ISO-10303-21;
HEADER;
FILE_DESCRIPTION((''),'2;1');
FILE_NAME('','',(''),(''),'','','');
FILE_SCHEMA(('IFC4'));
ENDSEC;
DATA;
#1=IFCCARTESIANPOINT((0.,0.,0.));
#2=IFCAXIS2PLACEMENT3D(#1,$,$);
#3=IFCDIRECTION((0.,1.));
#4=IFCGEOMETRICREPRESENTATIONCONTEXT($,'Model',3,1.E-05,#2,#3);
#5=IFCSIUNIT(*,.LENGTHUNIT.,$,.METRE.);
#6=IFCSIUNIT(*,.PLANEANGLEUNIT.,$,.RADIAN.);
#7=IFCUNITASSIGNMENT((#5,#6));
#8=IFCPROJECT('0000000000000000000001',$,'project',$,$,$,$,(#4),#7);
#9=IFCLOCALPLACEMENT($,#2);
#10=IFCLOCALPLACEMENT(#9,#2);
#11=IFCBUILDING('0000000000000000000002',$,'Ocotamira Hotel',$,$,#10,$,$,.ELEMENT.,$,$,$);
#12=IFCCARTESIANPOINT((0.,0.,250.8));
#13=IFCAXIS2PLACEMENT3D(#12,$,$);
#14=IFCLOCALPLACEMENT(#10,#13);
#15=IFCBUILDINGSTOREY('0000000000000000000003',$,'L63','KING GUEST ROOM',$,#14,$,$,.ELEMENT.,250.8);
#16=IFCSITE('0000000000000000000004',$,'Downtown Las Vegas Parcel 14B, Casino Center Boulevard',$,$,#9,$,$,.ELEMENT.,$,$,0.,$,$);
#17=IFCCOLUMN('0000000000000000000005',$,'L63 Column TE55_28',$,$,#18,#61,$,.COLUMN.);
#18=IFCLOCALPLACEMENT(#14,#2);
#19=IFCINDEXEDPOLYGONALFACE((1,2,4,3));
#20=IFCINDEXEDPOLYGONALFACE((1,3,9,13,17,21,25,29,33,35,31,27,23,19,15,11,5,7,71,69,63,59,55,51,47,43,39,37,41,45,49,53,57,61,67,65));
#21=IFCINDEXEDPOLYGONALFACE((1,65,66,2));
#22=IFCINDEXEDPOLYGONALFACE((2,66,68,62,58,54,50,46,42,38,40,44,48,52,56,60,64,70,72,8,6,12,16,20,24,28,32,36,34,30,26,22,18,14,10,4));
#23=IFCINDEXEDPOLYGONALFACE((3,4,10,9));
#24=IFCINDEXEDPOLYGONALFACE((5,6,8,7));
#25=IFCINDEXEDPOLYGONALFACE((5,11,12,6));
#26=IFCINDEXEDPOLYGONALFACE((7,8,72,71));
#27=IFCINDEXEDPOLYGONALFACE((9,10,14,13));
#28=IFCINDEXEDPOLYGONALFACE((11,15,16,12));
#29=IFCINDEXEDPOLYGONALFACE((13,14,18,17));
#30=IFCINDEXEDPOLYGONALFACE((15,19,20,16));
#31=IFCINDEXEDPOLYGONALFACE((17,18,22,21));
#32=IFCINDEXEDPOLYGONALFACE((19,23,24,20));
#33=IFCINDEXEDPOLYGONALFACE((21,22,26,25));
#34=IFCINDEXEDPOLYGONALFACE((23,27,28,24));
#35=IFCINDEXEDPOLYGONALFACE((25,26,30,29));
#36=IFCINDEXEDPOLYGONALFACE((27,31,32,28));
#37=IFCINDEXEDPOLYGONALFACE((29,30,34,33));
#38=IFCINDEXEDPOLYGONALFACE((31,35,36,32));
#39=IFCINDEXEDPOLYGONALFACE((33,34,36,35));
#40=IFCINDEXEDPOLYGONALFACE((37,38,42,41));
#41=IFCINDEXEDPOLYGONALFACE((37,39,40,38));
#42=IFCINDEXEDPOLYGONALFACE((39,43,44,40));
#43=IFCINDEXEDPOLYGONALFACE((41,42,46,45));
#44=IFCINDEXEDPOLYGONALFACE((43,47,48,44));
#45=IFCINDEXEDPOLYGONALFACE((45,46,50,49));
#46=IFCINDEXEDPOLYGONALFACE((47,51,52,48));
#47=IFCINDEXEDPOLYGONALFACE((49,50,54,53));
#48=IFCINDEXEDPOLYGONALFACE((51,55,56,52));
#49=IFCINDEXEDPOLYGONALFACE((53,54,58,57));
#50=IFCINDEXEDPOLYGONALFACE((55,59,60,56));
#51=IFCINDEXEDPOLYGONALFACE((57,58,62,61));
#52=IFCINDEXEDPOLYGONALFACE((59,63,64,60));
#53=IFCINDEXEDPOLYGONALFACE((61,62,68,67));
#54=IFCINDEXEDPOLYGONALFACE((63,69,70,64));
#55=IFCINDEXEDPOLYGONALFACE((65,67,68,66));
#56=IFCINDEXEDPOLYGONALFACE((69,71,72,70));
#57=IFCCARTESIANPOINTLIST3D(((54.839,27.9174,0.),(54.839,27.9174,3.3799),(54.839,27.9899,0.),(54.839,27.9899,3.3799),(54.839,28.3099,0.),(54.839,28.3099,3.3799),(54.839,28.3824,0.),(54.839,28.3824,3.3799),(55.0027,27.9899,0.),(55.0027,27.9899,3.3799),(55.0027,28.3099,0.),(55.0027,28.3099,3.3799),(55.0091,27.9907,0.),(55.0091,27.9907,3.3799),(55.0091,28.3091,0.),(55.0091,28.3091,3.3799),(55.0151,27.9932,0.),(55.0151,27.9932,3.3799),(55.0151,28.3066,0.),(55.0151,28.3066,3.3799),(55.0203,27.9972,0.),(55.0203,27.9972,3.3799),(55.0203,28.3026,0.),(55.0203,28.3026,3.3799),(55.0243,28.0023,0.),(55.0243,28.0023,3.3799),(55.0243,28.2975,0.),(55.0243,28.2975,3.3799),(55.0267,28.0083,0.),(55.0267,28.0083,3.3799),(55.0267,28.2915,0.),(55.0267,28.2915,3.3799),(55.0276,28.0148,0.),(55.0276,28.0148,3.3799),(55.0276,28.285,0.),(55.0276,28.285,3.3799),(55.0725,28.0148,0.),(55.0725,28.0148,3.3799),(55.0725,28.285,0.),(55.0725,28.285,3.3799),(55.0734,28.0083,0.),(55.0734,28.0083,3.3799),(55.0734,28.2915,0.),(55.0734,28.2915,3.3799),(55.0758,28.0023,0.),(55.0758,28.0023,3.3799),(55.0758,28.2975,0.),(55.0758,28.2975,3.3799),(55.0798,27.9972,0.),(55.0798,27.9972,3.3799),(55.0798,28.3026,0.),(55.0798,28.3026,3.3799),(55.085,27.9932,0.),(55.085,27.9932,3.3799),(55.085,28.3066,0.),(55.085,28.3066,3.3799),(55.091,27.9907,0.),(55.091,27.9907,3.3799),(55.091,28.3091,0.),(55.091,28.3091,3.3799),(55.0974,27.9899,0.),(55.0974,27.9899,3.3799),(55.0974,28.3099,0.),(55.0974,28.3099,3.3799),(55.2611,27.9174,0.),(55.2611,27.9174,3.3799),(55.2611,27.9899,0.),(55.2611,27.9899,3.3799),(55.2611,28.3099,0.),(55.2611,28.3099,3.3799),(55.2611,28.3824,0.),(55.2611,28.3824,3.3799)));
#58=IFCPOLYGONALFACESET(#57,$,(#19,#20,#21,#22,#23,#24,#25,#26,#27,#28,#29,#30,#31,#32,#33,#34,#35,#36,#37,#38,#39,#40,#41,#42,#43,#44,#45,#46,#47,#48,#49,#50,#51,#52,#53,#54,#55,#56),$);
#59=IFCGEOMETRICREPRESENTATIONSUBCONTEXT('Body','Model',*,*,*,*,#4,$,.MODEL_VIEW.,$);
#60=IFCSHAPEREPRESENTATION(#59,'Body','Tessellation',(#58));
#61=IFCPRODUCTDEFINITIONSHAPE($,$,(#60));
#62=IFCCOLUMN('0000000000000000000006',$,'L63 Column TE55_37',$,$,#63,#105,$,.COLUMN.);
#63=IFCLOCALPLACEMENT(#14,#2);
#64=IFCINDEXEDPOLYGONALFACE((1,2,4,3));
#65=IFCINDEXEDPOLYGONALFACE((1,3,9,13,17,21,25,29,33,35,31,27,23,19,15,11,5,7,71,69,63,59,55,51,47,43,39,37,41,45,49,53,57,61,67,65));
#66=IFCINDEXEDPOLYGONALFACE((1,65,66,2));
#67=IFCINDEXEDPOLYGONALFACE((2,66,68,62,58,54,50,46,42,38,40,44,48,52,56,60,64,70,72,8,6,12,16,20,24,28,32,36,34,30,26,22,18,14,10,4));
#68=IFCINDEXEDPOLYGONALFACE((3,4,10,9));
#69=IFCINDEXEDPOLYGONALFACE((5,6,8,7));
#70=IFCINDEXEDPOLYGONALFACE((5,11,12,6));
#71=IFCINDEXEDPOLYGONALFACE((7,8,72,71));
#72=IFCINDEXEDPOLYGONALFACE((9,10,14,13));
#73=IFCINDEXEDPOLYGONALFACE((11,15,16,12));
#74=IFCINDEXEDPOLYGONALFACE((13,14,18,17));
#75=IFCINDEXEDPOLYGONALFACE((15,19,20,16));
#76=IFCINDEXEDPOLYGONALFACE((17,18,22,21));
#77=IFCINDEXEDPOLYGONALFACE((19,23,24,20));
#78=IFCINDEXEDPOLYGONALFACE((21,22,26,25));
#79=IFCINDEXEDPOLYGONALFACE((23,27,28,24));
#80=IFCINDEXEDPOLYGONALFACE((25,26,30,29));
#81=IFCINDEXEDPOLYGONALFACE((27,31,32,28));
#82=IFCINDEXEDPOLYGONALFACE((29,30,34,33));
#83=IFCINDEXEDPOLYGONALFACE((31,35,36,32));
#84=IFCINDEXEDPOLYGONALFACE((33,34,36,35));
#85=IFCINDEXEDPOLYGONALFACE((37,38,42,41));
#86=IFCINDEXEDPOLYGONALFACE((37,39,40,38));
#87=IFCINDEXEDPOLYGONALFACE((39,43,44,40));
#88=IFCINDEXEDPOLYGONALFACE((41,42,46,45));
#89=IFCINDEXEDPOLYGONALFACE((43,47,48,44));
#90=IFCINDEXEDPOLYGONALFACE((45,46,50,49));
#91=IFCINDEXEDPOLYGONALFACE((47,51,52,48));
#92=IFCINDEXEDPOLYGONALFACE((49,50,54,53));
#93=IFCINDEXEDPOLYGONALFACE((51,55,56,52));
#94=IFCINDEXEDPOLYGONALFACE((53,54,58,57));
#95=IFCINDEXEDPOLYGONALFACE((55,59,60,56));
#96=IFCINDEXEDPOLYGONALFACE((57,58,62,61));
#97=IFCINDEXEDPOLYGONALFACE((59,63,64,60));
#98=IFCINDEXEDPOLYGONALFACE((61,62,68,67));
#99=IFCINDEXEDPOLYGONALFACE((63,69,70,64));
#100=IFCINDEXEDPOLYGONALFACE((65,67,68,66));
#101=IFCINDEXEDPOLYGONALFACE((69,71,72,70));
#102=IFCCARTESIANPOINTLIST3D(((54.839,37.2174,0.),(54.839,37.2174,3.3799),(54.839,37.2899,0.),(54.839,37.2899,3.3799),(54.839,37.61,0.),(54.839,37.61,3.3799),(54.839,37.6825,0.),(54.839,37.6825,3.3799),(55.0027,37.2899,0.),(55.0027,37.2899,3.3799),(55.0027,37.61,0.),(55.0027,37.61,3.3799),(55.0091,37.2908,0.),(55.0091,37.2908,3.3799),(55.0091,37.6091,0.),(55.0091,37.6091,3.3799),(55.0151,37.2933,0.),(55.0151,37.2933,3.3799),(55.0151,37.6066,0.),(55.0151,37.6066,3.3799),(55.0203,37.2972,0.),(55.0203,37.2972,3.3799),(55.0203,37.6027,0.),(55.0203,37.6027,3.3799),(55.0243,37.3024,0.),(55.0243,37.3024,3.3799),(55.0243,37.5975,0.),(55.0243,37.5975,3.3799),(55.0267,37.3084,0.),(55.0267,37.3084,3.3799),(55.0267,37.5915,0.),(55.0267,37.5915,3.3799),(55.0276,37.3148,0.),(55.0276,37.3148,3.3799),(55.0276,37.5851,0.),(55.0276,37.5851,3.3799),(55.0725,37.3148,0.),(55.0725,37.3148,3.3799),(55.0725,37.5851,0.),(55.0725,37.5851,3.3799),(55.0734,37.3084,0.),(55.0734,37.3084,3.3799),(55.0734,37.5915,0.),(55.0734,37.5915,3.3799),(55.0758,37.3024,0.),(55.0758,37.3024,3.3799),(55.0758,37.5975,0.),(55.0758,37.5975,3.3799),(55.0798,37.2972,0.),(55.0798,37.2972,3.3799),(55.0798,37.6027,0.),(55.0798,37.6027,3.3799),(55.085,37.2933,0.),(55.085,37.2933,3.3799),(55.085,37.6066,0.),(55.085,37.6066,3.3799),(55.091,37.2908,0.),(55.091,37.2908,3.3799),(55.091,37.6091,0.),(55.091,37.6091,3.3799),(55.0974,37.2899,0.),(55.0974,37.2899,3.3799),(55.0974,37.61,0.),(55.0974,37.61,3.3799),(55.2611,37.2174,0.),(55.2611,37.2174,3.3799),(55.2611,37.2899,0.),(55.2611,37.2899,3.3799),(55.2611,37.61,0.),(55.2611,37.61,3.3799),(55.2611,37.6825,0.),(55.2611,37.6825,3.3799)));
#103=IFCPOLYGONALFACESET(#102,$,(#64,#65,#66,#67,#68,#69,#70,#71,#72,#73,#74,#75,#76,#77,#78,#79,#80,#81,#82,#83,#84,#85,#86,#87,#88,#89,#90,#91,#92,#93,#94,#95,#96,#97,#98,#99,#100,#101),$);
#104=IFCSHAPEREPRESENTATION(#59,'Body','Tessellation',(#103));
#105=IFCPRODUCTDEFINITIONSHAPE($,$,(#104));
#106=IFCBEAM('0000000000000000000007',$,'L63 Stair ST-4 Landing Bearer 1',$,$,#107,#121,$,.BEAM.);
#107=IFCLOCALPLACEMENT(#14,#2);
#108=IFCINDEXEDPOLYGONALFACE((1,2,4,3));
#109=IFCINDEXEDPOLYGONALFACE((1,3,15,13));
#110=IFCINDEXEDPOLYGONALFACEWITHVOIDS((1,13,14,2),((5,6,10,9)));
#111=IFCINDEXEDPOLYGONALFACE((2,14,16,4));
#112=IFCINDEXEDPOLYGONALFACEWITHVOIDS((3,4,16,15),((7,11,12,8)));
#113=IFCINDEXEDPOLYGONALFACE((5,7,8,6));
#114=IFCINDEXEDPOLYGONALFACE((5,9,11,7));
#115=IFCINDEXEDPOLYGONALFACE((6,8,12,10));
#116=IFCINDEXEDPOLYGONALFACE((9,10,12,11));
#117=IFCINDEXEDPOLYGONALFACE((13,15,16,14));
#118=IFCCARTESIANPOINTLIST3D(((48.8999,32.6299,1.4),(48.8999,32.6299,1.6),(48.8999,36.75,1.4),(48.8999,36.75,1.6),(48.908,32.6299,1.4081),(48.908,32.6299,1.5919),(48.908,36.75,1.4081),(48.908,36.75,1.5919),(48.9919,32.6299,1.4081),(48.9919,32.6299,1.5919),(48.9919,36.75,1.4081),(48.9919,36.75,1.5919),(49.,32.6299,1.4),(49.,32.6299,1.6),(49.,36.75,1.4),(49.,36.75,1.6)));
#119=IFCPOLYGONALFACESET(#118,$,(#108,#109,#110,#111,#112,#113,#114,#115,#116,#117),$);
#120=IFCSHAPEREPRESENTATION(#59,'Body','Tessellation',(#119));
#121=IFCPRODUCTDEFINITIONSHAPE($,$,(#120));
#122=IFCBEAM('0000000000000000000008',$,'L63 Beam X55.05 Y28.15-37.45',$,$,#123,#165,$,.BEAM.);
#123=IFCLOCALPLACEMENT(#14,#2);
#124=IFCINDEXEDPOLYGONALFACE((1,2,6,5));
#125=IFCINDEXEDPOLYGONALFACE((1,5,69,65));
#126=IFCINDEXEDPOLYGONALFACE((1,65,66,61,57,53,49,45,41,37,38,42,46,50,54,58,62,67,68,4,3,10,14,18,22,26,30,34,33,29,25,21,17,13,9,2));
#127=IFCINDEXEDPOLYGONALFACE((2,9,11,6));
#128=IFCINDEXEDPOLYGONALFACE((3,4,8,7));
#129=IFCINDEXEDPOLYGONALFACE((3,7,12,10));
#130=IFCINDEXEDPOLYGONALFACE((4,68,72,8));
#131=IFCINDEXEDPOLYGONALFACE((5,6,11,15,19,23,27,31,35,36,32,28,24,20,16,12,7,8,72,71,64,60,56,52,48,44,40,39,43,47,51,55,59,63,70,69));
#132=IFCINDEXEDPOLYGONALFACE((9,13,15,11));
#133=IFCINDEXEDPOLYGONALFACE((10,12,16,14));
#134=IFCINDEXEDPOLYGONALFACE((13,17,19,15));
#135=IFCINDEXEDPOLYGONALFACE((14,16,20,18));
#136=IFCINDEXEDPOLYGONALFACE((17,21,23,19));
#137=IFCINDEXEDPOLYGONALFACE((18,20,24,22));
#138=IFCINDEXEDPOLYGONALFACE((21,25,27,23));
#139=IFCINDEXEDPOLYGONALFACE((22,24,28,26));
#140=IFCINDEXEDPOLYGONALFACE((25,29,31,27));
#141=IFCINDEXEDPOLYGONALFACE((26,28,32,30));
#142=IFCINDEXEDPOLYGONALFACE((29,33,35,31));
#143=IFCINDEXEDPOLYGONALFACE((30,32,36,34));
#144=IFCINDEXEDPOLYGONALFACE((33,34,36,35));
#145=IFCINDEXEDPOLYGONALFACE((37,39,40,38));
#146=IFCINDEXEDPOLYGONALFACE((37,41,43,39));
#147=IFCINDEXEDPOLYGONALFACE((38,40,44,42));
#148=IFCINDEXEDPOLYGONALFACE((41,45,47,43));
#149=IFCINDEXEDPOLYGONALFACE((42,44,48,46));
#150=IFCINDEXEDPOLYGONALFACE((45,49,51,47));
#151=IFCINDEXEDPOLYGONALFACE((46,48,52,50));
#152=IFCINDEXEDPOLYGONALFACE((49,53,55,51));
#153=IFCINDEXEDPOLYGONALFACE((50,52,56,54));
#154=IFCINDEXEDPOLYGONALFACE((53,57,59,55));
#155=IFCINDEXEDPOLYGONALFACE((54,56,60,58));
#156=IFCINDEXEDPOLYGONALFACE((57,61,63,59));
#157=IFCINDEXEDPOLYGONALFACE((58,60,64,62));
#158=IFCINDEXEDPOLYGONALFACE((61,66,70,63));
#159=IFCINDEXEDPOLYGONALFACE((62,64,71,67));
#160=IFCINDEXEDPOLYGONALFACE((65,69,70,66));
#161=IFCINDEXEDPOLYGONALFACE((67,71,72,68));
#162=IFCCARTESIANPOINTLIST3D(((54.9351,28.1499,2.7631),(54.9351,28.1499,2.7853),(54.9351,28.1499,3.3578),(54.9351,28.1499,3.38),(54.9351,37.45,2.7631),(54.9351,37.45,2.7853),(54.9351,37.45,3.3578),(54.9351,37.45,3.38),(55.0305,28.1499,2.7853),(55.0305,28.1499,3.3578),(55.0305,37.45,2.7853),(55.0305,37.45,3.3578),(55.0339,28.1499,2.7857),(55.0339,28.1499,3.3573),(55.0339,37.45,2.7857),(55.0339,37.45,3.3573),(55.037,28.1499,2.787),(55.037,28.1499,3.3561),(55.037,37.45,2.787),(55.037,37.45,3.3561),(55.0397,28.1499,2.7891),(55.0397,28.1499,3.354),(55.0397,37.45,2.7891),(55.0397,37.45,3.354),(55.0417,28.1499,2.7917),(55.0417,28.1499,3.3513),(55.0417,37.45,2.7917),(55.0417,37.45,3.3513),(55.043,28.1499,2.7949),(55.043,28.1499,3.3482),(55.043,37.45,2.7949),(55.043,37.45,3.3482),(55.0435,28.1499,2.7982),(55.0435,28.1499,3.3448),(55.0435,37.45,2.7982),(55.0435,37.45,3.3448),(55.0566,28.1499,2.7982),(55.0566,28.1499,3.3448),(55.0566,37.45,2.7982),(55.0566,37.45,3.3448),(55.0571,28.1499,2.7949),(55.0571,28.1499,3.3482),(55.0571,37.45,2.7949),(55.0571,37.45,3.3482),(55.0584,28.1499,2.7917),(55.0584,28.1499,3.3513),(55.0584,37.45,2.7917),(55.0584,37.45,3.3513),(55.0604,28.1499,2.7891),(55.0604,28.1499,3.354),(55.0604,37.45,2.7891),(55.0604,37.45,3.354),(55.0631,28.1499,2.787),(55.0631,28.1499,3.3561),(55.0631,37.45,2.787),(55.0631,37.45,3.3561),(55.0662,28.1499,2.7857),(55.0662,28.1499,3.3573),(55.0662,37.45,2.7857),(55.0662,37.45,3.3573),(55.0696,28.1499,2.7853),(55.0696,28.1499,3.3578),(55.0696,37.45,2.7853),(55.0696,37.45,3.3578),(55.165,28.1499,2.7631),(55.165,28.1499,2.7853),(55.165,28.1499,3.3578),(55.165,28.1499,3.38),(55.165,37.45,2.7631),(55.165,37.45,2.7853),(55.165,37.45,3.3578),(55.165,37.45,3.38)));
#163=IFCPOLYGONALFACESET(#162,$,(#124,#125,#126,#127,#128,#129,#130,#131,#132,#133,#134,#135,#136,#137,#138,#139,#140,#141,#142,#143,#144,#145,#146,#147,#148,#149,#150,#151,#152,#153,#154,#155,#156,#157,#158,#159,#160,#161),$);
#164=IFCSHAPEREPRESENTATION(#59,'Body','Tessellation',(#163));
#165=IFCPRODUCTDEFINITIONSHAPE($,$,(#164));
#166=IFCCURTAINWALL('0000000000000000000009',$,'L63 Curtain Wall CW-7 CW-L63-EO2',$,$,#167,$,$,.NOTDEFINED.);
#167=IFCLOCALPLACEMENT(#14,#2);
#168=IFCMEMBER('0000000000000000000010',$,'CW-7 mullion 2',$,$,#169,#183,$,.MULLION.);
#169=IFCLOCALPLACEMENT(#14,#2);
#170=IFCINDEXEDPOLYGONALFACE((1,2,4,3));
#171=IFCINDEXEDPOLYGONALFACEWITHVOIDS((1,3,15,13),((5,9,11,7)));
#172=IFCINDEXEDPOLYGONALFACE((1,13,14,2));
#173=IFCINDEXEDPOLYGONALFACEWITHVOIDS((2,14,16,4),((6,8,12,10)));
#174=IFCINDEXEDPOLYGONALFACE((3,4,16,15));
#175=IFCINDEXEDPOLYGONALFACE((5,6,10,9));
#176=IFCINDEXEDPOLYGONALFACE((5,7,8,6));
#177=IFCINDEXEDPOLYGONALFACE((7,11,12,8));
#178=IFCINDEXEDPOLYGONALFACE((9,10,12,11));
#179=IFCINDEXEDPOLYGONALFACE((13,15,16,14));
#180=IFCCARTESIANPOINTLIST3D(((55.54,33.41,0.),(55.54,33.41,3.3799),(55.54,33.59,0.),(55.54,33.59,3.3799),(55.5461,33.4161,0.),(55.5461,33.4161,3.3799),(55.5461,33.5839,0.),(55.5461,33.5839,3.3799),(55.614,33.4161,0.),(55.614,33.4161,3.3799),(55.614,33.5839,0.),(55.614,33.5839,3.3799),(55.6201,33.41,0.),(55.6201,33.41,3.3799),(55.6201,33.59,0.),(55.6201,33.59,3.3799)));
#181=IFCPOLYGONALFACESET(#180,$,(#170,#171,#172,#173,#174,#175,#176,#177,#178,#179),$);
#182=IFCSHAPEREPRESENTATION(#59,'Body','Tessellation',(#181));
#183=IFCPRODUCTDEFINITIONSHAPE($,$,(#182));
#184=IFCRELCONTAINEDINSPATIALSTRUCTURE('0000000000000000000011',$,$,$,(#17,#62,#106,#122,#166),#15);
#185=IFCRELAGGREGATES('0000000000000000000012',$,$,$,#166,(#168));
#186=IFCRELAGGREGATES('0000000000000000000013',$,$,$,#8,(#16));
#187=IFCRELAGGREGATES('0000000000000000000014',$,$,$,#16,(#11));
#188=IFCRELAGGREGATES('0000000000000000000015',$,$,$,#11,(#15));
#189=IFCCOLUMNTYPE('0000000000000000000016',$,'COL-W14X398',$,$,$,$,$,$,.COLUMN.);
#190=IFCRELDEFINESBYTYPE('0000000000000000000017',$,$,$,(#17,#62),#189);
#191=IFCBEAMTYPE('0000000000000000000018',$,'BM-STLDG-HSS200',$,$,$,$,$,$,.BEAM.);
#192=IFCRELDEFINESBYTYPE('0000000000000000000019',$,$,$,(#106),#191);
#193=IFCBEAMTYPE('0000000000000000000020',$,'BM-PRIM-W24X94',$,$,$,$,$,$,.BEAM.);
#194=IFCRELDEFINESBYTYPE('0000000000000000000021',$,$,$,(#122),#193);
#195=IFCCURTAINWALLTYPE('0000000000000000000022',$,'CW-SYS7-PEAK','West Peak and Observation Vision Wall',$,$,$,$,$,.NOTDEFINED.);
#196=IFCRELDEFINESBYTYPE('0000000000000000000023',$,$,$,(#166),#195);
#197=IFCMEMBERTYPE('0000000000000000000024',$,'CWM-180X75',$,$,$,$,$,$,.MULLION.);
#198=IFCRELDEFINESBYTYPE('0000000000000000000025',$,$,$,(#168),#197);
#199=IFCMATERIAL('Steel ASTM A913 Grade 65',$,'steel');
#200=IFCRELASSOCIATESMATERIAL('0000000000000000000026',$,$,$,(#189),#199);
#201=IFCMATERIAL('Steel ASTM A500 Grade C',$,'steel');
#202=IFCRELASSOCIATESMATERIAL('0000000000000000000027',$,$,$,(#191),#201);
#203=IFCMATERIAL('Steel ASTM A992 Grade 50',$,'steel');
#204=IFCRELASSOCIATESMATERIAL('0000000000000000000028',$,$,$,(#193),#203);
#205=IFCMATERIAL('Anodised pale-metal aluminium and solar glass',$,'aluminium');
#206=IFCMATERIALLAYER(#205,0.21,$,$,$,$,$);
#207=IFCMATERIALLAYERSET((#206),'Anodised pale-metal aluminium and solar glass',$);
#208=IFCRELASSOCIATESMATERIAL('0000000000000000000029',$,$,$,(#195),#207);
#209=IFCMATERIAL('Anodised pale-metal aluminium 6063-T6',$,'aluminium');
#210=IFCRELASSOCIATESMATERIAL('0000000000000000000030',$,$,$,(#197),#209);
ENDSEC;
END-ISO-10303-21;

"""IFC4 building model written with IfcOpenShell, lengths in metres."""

from ifc_helpers import new_model, si_unit, direction, frame, origin, origin_2d, place, context, subcontext, project, spatial, hollow_rectangle, i_section, extrude, source, transform, mapped, material, layer, layer_set, material_profile, profile_set, type_object, element, aggregate, save


model = new_model("IFC4")

# Units and contexts
model_context = context("Model", 3, precision=1e-05, world=origin(), true_north=direction((0.0, 1.0)))
body_context = subcontext(model_context, "Body", "Model", "MODEL_VIEW")
ifc_project = project(units=[si_unit("LENGTHUNIT", "METRE"), si_unit("PLANEANGLEUNIT", "RADIAN")], contexts=[model_context])

# Site, building, storey
site_placement = place(None, origin())
site = spatial("IfcSite", under=ifc_project, at=site_placement, Name="Downtown Las Vegas Parcel 14B, Casino Center Boulevard", CompositionType="ELEMENT", RefElevation=0.0)
building_placement = place(site_placement, origin())
building = spatial("IfcBuilding", under=site, at=building_placement, Name="Ocotamira Hotel", CompositionType="ELEMENT")
storey_placement = place(building_placement, frame((0.0, 0.0, 250.8)))
storey = spatial("IfcBuildingStorey", under=building, at=storey_placement, Name="L63", Description="KING GUEST ROOM", CompositionType="ELEMENT", Elevation=250.8)

# Columns
ifc_material_1 = material(Name="Steel ASTM A913 Grade 65", Category="steel")
ifc_material_profile_1 = material_profile(ifc_material_1, i_section(OverallWidth=0.4221, OverallDepth=0.4651, WebThickness=0.0449, FlangeThickness=0.0725, FilletRadius=0.0249, at=origin_2d()), Name="W14X398")
ifc_profile_set_1 = profile_set([ifc_material_profile_1], Name="Steel ASTM A913 Grade 65")
column_type = type_object("IfcColumnType", Name="COL-W14X398", PredefinedType="COLUMN", material=ifc_profile_set_1)
shared_shape_1 = source(origin(), body_context, "Body", "SweptSolid", [
    extrude(i_section(OverallWidth=0.4221, OverallDepth=0.4651, WebThickness=0.0449, FlangeThickness=0.0725, FilletRadius=0.0249, at=origin_2d()), origin(), (0.0, 0.0, 1.0), 3.3799),
])
for number, where, z_axis, x_axis, name in (
    (1, (55.05, 28.1499, 0.0), (0.0, 0.0, 1.0), (1.0, 0.0, 0.0), "L63 Column TE55_28"),
    (2, (55.05, 37.45, 0.0), (0.0, 0.0, 1.0), (1.0, 0.0, 0.0), "L63 Column TE55_37"),
):
    element("IfcColumn", number, at=place(storey_placement, frame(where, z_axis=z_axis, x_axis=x_axis)), inside=storey, type_object=column_type, Name=name, PredefinedType="COLUMN", context=body_context, shape_type="MappedRepresentation", body=[
        mapped(shared_shape_1, transform((0.0, 0.0, 0.0), scale=1.0)),
    ])

# Beams
ifc_material_2 = material(Name="Steel ASTM A500 Grade C", Category="steel")
ifc_material_profile_2 = material_profile(ifc_material_2, hollow_rectangle(XDim=0.1001, YDim=0.2, WallThickness=0.0081, at=origin_2d()), Name="HSS200X100X8")
ifc_profile_set_2 = profile_set([ifc_material_profile_2], Name="Steel ASTM A500 Grade C")
beam_type_1 = type_object("IfcBeamType", Name="BM-STLDG-HSS200", PredefinedType="BEAM", material=ifc_profile_set_2)
shared_shape_2 = source(origin(), body_context, "Body", "SweptSolid", [
    extrude(hollow_rectangle(XDim=0.1001, YDim=0.2, WallThickness=0.0081, at=origin_2d()), origin(), (0.0, 0.0, 1.0), 4.1201),
])
beam_1_placement = place(storey_placement, frame((48.95, 32.6299, 1.5), z_axis=(0.0, 1.0, 0.0), x_axis=(-1.0, 0.0, 0.0)))
element("IfcBeam", 3, at=beam_1_placement, inside=storey, type_object=beam_type_1, Name="L63 Stair ST-4 Landing Bearer 1", PredefinedType="BEAM", context=body_context, shape_type="MappedRepresentation", body=[
    mapped(shared_shape_2, transform((0.0, 0.0, 0.0), scale=1.0)),
])
ifc_material_3 = material(Name="Steel ASTM A992 Grade 50", Category="steel")
ifc_material_profile_3 = material_profile(ifc_material_3, i_section(OverallWidth=0.23, OverallDepth=0.6169, WebThickness=0.0132, FlangeThickness=0.0222, FilletRadius=0.0129, at=origin_2d()), Name="W24X94")
ifc_profile_set_3 = profile_set([ifc_material_profile_3], Name="Steel ASTM A992 Grade 50")
beam_type_2 = type_object("IfcBeamType", Name="BM-PRIM-W24X94", PredefinedType="BEAM", material=ifc_profile_set_3)
shared_shape_3 = source(origin(), body_context, "Body", "SweptSolid", [
    extrude(i_section(OverallWidth=0.23, OverallDepth=0.6169, WebThickness=0.0132, FlangeThickness=0.0222, FilletRadius=0.0129, at=origin_2d()), origin(), (0.0, 0.0, 1.0), 9.3),
])
beam_2_placement = place(storey_placement, frame((55.05, 28.1499, 3.0715), z_axis=(0.0, 1.0, 0.0), x_axis=(-1.0, 0.0, 0.0)))
element("IfcBeam", 4, at=beam_2_placement, inside=storey, type_object=beam_type_2, Name="L63 Beam X55.05 Y28.15-37.45", PredefinedType="BEAM", context=body_context, shape_type="MappedRepresentation", body=[
    mapped(shared_shape_3, transform((0.0, 0.0, 0.0), scale=1.0)),
])

# Curtain wall, member
ifc_material_4 = material(Name="Anodised pale-metal aluminium and solar glass", Category="aluminium")
ifc_layer_1 = layer(ifc_material_4, 0.21)
ifc_layer_set_1 = layer_set([ifc_layer_1], Name="Anodised pale-metal aluminium and solar glass")
curtain_wall_type = type_object("IfcCurtainWallType", Name="CW-SYS7-PEAK", Description="West Peak and Observation Vision Wall", PredefinedType="NOTDEFINED", material=ifc_layer_set_1)
curtain_wall_placement = place(storey_placement, origin())
curtain_wall = element("IfcCurtainWall", 5, at=curtain_wall_placement, inside=storey, type_object=curtain_wall_type, Name="L63 Curtain Wall CW-7 CW-L63-EO2", PredefinedType="NOTDEFINED")
ifc_material_5 = material(Name="Anodised pale-metal aluminium 6063-T6", Category="aluminium")
ifc_material_profile_4 = material_profile(ifc_material_5, hollow_rectangle(XDim=0.0801, YDim=0.1799, WallThickness=0.0061, at=origin_2d()), Name="HSS180X80X6")
ifc_profile_set_4 = profile_set([ifc_material_profile_4], Name="Anodised pale-metal aluminium 6063-T6")
member_type_1 = type_object("IfcMemberType", Name="CWM-180X75", PredefinedType="MULLION", material=ifc_profile_set_4)
shared_shape_4 = source(origin(), body_context, "Body", "SweptSolid", [
    extrude(hollow_rectangle(XDim=0.0801, YDim=0.1799, WallThickness=0.0061, at=origin_2d()), origin(), (0.0, 0.0, 1.0), 3.3799),
])
member_1_placement = place(storey_placement, frame((55.5801, 33.5, 0.0), z_axis=(0.0, 0.0, 1.0), x_axis=(-1.0, 0.0, 0.0)))
member_1 = element("IfcMember", 6, at=member_1_placement, type_object=member_type_1, Name="CW-7 mullion 2", PredefinedType="MULLION", context=body_context, shape_type="MappedRepresentation", body=[
    mapped(shared_shape_4, transform((0.0, 0.0, 0.0), scale=1.0)),
])
aggregate(curtain_wall, [member_1])

save(model, "model.ifc")
